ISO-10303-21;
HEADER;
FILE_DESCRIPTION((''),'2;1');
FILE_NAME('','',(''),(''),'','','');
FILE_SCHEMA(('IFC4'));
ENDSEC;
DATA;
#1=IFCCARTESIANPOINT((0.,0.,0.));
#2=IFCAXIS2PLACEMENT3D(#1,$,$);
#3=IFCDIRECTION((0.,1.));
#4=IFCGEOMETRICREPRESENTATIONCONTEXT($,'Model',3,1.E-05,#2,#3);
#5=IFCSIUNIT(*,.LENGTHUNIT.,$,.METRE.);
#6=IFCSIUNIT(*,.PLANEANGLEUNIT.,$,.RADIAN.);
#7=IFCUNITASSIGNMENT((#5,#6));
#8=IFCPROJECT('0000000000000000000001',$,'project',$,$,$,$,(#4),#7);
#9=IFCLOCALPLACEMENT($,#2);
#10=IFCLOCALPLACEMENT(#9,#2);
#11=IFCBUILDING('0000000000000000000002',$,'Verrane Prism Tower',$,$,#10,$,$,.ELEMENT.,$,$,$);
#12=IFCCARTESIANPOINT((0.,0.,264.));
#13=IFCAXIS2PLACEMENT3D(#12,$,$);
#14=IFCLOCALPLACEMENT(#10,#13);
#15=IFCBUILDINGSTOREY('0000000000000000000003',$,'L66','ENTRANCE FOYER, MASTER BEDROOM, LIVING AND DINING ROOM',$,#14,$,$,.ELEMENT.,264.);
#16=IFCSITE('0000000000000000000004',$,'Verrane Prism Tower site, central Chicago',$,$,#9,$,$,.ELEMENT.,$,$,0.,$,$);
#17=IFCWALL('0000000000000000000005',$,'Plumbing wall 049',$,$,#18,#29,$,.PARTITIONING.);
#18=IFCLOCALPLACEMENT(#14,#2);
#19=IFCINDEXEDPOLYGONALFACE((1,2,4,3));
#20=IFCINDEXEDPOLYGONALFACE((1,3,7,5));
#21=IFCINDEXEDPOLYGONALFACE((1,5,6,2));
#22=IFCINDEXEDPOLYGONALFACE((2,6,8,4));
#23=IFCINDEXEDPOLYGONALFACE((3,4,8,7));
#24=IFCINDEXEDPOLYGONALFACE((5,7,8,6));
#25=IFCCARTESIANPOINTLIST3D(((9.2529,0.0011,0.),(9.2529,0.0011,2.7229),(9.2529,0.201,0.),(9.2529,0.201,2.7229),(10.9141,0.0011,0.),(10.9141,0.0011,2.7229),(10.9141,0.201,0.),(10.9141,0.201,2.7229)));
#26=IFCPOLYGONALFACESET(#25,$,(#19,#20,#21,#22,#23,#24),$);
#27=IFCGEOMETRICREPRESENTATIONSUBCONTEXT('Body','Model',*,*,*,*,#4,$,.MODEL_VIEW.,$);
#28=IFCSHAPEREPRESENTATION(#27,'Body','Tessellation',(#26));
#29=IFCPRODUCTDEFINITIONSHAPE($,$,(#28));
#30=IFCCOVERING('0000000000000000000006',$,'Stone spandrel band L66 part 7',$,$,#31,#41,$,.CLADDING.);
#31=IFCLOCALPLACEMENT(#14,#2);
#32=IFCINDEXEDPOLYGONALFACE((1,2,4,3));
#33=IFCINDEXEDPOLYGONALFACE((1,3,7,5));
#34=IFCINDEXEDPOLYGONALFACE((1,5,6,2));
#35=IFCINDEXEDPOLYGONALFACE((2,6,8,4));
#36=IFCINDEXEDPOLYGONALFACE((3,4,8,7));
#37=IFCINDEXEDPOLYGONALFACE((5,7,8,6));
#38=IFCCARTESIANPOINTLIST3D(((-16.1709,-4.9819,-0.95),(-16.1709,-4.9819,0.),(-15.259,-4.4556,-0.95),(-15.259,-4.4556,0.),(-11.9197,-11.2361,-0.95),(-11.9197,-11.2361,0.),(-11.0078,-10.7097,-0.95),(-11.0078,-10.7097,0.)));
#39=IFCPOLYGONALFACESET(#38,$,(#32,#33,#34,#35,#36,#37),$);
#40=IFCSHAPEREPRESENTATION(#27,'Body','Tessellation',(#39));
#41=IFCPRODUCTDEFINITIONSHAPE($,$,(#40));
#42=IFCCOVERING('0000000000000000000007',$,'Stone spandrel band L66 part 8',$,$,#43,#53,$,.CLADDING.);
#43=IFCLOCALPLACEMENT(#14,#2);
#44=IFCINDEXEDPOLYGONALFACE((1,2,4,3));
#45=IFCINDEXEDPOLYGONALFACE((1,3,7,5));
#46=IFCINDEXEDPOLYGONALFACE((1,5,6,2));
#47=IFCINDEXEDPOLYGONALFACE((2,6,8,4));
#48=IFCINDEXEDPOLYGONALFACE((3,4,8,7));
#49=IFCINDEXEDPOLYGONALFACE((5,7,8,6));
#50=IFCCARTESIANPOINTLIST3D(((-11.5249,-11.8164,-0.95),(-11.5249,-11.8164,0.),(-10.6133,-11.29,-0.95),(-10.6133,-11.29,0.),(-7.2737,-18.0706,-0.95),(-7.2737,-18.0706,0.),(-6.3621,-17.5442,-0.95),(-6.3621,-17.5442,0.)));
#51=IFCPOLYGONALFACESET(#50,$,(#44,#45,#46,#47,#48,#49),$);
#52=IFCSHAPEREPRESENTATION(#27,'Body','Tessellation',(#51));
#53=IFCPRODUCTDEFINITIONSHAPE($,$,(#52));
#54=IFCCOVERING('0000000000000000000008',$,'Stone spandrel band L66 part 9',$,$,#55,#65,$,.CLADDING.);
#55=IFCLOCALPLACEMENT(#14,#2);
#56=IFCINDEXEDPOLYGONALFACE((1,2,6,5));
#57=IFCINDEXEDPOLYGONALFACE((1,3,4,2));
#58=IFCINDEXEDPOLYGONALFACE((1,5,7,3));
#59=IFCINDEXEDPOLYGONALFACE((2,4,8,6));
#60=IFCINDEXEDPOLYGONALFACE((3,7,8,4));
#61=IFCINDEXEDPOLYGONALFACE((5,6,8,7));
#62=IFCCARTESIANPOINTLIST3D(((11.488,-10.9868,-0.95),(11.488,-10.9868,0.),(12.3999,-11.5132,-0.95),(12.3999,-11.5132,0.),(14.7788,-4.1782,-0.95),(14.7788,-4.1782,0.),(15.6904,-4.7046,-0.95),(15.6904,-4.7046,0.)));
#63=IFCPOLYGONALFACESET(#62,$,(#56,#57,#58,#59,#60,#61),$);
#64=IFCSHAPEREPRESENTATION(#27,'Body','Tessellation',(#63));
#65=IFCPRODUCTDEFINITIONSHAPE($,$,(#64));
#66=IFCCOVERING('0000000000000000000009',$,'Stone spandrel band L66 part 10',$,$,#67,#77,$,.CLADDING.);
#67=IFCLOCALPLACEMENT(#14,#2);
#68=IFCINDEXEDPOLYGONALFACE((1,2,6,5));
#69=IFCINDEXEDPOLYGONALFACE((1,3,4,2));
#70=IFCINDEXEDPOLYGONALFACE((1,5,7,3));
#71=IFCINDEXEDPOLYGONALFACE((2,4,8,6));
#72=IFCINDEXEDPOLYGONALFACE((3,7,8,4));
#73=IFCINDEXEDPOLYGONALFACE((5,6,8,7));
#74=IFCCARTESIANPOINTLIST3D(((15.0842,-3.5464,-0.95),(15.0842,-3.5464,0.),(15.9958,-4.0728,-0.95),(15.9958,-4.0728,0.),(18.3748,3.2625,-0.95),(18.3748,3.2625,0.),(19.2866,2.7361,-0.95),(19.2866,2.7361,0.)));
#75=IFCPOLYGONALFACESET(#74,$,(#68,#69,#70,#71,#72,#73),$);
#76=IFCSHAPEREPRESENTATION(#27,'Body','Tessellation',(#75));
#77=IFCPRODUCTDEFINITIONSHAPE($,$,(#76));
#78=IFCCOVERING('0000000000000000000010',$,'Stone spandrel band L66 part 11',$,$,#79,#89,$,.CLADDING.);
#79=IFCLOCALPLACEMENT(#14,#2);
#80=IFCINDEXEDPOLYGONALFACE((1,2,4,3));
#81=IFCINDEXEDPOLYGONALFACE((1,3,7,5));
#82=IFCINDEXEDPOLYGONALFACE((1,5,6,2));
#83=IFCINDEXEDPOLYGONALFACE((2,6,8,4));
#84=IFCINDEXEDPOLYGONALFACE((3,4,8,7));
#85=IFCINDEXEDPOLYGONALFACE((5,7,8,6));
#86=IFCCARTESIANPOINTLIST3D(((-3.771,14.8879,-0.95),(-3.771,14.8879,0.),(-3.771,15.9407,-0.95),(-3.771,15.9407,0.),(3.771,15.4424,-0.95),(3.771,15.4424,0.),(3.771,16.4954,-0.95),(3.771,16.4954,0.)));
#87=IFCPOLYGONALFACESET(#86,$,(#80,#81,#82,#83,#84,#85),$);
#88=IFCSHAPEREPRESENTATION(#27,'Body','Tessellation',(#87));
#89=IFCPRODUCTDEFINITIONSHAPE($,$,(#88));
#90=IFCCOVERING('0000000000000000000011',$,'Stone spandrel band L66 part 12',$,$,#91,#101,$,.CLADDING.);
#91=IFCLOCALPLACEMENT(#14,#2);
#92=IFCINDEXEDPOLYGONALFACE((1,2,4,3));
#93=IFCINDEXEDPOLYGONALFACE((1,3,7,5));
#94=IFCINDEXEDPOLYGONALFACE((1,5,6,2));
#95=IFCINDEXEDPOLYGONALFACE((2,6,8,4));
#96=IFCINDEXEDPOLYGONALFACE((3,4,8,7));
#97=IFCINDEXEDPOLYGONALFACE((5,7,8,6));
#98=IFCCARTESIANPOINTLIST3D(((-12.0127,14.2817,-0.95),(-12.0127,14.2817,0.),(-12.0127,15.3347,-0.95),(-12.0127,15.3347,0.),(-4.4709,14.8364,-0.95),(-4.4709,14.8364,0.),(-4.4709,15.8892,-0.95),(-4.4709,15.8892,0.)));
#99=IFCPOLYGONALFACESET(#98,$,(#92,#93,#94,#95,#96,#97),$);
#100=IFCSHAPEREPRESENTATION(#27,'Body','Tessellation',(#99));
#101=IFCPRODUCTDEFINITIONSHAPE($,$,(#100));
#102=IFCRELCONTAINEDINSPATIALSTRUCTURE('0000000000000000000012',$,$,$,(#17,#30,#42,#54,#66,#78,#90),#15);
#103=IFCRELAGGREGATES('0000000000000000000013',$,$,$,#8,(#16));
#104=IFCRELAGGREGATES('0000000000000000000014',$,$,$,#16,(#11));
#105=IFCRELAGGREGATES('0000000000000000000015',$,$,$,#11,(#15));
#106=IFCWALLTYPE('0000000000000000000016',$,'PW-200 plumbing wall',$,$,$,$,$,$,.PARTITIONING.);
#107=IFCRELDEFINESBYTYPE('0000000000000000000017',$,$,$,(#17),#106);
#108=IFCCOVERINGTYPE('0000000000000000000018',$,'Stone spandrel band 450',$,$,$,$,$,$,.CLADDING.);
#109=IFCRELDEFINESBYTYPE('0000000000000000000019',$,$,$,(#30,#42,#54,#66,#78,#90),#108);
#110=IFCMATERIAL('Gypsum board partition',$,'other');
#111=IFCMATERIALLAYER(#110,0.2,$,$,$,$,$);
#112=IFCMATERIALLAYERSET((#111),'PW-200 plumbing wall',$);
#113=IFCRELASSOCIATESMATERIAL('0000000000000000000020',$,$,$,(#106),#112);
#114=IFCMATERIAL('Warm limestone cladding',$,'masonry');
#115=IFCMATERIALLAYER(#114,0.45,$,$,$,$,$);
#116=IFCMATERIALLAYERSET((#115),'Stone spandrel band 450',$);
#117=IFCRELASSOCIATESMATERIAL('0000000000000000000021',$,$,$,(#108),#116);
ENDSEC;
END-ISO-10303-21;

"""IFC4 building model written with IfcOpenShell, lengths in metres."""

from ifc_helpers import new_model, si_unit, direction, frame, frame_2d, origin, place, context, subcontext, project, spatial, polyline, rectangle, outline, extrude, material, layer, layer_set, type_object, element, save


model = new_model("IFC4")

# Units and contexts
model_context = context("Model", 3, precision=1e-05, world=origin(), true_north=direction((0.0, 1.0)))
body_context = subcontext(model_context, "Body", "Model", "MODEL_VIEW")
ifc_project = project(units=[si_unit("LENGTHUNIT", "METRE"), si_unit("PLANEANGLEUNIT", "RADIAN")], contexts=[model_context])

# Site, building, storey
site_placement = place(None, origin())
site = spatial("IfcSite", under=ifc_project, at=site_placement, Name="Verrane Prism Tower site, central Chicago", CompositionType="ELEMENT", RefElevation=0.0)
building_placement = place(site_placement, origin())
building = spatial("IfcBuilding", under=site, at=building_placement, Name="Verrane Prism Tower", CompositionType="ELEMENT")
storey_placement = place(building_placement, frame((0.0, 0.0, 264.0)))
storey = spatial("IfcBuildingStorey", under=building, at=storey_placement, Name="L66", Description="ENTRANCE FOYER, MASTER BEDROOM, LIVING AND DINING ROOM", CompositionType="ELEMENT", Elevation=264.0)

# Wall
ifc_material_1 = material(Name="Gypsum board partition", Category="other")
ifc_layer_1 = layer(ifc_material_1, 0.2)
ifc_layer_set_1 = layer_set([ifc_layer_1], Name="PW-200 plumbing wall")
wall_type_1 = type_object("IfcWallType", Name="PW-200 plumbing wall", PredefinedType="PARTITIONING", material=ifc_layer_set_1)
wall_1_placement = place(storey_placement, frame((9.2529, 0.1011, 0.0), z_axis=(0.0, 0.0, 1.0), x_axis=(1.0, 0.0, 0.0)))
element("IfcWall", 1, at=wall_1_placement, inside=storey, type_object=wall_type_1, Name="Plumbing wall 049", PredefinedType="PARTITIONING", context=body_context, shape_type="SweptSolid", body=[
    extrude(rectangle(XDim=1.6611, YDim=0.2, at=frame_2d((0.8306, 0.0))), origin(), (0.0, 0.0, 1.0), 2.7229),
])

# Coverings
ifc_material_2 = material(Name="Warm limestone cladding", Category="masonry")
ifc_layer_2 = layer(ifc_material_2, 0.45)
ifc_layer_set_2 = layer_set([ifc_layer_2], Name="Stone spandrel band 450")
covering_type = type_object("IfcCoveringType", Name="Stone spandrel band 450", PredefinedType="CLADDING", material=ifc_layer_set_2)
covering_1_placement = place(storey_placement, frame((0.0, 0.0, -0.95)))
element("IfcCovering", 2, at=covering_1_placement, inside=storey, type_object=covering_type, Name="Stone spandrel band L66 part 7", PredefinedType="CLADDING", context=body_context, shape_type="SweptSolid", body=[
    extrude(outline(polyline([(-11.9197, -11.2361), (-11.0078, -10.7097), (-15.259, -4.4556), (-16.1709, -4.9819), (-11.9197, -11.2361)])), origin(), (0.0, 0.0, 1.0), 0.95),
])
covering_2_placement = place(storey_placement, frame((0.0, 0.0, -0.95)))
element("IfcCovering", 3, at=covering_2_placement, inside=storey, type_object=covering_type, Name="Stone spandrel band L66 part 8", PredefinedType="CLADDING", context=body_context, shape_type="SweptSolid", body=[
    extrude(outline(polyline([(-6.3621, -17.5442), (-10.6133, -11.29), (-11.5249, -11.8164), (-7.2737, -18.0706), (-6.3621, -17.5442)])), origin(), (0.0, 0.0, 1.0), 0.95),
])
covering_3_placement = place(storey_placement, frame((0.0, 0.0, -0.95)))
element("IfcCovering", 4, at=covering_3_placement, inside=storey, type_object=covering_type, Name="Stone spandrel band L66 part 9", PredefinedType="CLADDING", context=body_context, shape_type="SweptSolid", body=[
    extrude(outline(polyline([(14.7788, -4.1782), (11.488, -10.9868), (12.3999, -11.5132), (15.6904, -4.7046), (14.7788, -4.1782)])), origin(), (0.0, 0.0, 1.0), 0.95),
])
covering_4_placement = place(storey_placement, frame((0.0, 0.0, -0.95)))
element("IfcCovering", 5, at=covering_4_placement, inside=storey, type_object=covering_type, Name="Stone spandrel band L66 part 10", PredefinedType="CLADDING", context=body_context, shape_type="SweptSolid", body=[
    extrude(outline(polyline([(19.2866, 2.7361), (18.3748, 3.2625), (15.0842, -3.5464), (15.9958, -4.0728), (19.2866, 2.7361)])), origin(), (0.0, 0.0, 1.0), 0.95),
])
covering_5_placement = place(storey_placement, frame((0.0, 0.0, -0.95)))
element("IfcCovering", 6, at=covering_5_placement, inside=storey, type_object=covering_type, Name="Stone spandrel band L66 part 11", PredefinedType="CLADDING", context=body_context, shape_type="SweptSolid", body=[
    extrude(outline(polyline([(-3.771, 14.8879), (3.771, 15.4424), (3.771, 16.4954), (-3.771, 15.9407), (-3.771, 14.8879)])), origin(), (0.0, 0.0, 1.0), 0.95),
])
covering_6_placement = place(storey_placement, frame((0.0, 0.0, -0.95)))
element("IfcCovering", 7, at=covering_6_placement, inside=storey, type_object=covering_type, Name="Stone spandrel band L66 part 12", PredefinedType="CLADDING", context=body_context, shape_type="SweptSolid", body=[
    extrude(outline(polyline([(-12.0127, 14.2817), (-4.4709, 14.8364), (-4.4709, 15.8892), (-12.0127, 15.3347), (-12.0127, 14.2817)])), origin(), (0.0, 0.0, 1.0), 0.95),
])

save(model, "model.ifc")
